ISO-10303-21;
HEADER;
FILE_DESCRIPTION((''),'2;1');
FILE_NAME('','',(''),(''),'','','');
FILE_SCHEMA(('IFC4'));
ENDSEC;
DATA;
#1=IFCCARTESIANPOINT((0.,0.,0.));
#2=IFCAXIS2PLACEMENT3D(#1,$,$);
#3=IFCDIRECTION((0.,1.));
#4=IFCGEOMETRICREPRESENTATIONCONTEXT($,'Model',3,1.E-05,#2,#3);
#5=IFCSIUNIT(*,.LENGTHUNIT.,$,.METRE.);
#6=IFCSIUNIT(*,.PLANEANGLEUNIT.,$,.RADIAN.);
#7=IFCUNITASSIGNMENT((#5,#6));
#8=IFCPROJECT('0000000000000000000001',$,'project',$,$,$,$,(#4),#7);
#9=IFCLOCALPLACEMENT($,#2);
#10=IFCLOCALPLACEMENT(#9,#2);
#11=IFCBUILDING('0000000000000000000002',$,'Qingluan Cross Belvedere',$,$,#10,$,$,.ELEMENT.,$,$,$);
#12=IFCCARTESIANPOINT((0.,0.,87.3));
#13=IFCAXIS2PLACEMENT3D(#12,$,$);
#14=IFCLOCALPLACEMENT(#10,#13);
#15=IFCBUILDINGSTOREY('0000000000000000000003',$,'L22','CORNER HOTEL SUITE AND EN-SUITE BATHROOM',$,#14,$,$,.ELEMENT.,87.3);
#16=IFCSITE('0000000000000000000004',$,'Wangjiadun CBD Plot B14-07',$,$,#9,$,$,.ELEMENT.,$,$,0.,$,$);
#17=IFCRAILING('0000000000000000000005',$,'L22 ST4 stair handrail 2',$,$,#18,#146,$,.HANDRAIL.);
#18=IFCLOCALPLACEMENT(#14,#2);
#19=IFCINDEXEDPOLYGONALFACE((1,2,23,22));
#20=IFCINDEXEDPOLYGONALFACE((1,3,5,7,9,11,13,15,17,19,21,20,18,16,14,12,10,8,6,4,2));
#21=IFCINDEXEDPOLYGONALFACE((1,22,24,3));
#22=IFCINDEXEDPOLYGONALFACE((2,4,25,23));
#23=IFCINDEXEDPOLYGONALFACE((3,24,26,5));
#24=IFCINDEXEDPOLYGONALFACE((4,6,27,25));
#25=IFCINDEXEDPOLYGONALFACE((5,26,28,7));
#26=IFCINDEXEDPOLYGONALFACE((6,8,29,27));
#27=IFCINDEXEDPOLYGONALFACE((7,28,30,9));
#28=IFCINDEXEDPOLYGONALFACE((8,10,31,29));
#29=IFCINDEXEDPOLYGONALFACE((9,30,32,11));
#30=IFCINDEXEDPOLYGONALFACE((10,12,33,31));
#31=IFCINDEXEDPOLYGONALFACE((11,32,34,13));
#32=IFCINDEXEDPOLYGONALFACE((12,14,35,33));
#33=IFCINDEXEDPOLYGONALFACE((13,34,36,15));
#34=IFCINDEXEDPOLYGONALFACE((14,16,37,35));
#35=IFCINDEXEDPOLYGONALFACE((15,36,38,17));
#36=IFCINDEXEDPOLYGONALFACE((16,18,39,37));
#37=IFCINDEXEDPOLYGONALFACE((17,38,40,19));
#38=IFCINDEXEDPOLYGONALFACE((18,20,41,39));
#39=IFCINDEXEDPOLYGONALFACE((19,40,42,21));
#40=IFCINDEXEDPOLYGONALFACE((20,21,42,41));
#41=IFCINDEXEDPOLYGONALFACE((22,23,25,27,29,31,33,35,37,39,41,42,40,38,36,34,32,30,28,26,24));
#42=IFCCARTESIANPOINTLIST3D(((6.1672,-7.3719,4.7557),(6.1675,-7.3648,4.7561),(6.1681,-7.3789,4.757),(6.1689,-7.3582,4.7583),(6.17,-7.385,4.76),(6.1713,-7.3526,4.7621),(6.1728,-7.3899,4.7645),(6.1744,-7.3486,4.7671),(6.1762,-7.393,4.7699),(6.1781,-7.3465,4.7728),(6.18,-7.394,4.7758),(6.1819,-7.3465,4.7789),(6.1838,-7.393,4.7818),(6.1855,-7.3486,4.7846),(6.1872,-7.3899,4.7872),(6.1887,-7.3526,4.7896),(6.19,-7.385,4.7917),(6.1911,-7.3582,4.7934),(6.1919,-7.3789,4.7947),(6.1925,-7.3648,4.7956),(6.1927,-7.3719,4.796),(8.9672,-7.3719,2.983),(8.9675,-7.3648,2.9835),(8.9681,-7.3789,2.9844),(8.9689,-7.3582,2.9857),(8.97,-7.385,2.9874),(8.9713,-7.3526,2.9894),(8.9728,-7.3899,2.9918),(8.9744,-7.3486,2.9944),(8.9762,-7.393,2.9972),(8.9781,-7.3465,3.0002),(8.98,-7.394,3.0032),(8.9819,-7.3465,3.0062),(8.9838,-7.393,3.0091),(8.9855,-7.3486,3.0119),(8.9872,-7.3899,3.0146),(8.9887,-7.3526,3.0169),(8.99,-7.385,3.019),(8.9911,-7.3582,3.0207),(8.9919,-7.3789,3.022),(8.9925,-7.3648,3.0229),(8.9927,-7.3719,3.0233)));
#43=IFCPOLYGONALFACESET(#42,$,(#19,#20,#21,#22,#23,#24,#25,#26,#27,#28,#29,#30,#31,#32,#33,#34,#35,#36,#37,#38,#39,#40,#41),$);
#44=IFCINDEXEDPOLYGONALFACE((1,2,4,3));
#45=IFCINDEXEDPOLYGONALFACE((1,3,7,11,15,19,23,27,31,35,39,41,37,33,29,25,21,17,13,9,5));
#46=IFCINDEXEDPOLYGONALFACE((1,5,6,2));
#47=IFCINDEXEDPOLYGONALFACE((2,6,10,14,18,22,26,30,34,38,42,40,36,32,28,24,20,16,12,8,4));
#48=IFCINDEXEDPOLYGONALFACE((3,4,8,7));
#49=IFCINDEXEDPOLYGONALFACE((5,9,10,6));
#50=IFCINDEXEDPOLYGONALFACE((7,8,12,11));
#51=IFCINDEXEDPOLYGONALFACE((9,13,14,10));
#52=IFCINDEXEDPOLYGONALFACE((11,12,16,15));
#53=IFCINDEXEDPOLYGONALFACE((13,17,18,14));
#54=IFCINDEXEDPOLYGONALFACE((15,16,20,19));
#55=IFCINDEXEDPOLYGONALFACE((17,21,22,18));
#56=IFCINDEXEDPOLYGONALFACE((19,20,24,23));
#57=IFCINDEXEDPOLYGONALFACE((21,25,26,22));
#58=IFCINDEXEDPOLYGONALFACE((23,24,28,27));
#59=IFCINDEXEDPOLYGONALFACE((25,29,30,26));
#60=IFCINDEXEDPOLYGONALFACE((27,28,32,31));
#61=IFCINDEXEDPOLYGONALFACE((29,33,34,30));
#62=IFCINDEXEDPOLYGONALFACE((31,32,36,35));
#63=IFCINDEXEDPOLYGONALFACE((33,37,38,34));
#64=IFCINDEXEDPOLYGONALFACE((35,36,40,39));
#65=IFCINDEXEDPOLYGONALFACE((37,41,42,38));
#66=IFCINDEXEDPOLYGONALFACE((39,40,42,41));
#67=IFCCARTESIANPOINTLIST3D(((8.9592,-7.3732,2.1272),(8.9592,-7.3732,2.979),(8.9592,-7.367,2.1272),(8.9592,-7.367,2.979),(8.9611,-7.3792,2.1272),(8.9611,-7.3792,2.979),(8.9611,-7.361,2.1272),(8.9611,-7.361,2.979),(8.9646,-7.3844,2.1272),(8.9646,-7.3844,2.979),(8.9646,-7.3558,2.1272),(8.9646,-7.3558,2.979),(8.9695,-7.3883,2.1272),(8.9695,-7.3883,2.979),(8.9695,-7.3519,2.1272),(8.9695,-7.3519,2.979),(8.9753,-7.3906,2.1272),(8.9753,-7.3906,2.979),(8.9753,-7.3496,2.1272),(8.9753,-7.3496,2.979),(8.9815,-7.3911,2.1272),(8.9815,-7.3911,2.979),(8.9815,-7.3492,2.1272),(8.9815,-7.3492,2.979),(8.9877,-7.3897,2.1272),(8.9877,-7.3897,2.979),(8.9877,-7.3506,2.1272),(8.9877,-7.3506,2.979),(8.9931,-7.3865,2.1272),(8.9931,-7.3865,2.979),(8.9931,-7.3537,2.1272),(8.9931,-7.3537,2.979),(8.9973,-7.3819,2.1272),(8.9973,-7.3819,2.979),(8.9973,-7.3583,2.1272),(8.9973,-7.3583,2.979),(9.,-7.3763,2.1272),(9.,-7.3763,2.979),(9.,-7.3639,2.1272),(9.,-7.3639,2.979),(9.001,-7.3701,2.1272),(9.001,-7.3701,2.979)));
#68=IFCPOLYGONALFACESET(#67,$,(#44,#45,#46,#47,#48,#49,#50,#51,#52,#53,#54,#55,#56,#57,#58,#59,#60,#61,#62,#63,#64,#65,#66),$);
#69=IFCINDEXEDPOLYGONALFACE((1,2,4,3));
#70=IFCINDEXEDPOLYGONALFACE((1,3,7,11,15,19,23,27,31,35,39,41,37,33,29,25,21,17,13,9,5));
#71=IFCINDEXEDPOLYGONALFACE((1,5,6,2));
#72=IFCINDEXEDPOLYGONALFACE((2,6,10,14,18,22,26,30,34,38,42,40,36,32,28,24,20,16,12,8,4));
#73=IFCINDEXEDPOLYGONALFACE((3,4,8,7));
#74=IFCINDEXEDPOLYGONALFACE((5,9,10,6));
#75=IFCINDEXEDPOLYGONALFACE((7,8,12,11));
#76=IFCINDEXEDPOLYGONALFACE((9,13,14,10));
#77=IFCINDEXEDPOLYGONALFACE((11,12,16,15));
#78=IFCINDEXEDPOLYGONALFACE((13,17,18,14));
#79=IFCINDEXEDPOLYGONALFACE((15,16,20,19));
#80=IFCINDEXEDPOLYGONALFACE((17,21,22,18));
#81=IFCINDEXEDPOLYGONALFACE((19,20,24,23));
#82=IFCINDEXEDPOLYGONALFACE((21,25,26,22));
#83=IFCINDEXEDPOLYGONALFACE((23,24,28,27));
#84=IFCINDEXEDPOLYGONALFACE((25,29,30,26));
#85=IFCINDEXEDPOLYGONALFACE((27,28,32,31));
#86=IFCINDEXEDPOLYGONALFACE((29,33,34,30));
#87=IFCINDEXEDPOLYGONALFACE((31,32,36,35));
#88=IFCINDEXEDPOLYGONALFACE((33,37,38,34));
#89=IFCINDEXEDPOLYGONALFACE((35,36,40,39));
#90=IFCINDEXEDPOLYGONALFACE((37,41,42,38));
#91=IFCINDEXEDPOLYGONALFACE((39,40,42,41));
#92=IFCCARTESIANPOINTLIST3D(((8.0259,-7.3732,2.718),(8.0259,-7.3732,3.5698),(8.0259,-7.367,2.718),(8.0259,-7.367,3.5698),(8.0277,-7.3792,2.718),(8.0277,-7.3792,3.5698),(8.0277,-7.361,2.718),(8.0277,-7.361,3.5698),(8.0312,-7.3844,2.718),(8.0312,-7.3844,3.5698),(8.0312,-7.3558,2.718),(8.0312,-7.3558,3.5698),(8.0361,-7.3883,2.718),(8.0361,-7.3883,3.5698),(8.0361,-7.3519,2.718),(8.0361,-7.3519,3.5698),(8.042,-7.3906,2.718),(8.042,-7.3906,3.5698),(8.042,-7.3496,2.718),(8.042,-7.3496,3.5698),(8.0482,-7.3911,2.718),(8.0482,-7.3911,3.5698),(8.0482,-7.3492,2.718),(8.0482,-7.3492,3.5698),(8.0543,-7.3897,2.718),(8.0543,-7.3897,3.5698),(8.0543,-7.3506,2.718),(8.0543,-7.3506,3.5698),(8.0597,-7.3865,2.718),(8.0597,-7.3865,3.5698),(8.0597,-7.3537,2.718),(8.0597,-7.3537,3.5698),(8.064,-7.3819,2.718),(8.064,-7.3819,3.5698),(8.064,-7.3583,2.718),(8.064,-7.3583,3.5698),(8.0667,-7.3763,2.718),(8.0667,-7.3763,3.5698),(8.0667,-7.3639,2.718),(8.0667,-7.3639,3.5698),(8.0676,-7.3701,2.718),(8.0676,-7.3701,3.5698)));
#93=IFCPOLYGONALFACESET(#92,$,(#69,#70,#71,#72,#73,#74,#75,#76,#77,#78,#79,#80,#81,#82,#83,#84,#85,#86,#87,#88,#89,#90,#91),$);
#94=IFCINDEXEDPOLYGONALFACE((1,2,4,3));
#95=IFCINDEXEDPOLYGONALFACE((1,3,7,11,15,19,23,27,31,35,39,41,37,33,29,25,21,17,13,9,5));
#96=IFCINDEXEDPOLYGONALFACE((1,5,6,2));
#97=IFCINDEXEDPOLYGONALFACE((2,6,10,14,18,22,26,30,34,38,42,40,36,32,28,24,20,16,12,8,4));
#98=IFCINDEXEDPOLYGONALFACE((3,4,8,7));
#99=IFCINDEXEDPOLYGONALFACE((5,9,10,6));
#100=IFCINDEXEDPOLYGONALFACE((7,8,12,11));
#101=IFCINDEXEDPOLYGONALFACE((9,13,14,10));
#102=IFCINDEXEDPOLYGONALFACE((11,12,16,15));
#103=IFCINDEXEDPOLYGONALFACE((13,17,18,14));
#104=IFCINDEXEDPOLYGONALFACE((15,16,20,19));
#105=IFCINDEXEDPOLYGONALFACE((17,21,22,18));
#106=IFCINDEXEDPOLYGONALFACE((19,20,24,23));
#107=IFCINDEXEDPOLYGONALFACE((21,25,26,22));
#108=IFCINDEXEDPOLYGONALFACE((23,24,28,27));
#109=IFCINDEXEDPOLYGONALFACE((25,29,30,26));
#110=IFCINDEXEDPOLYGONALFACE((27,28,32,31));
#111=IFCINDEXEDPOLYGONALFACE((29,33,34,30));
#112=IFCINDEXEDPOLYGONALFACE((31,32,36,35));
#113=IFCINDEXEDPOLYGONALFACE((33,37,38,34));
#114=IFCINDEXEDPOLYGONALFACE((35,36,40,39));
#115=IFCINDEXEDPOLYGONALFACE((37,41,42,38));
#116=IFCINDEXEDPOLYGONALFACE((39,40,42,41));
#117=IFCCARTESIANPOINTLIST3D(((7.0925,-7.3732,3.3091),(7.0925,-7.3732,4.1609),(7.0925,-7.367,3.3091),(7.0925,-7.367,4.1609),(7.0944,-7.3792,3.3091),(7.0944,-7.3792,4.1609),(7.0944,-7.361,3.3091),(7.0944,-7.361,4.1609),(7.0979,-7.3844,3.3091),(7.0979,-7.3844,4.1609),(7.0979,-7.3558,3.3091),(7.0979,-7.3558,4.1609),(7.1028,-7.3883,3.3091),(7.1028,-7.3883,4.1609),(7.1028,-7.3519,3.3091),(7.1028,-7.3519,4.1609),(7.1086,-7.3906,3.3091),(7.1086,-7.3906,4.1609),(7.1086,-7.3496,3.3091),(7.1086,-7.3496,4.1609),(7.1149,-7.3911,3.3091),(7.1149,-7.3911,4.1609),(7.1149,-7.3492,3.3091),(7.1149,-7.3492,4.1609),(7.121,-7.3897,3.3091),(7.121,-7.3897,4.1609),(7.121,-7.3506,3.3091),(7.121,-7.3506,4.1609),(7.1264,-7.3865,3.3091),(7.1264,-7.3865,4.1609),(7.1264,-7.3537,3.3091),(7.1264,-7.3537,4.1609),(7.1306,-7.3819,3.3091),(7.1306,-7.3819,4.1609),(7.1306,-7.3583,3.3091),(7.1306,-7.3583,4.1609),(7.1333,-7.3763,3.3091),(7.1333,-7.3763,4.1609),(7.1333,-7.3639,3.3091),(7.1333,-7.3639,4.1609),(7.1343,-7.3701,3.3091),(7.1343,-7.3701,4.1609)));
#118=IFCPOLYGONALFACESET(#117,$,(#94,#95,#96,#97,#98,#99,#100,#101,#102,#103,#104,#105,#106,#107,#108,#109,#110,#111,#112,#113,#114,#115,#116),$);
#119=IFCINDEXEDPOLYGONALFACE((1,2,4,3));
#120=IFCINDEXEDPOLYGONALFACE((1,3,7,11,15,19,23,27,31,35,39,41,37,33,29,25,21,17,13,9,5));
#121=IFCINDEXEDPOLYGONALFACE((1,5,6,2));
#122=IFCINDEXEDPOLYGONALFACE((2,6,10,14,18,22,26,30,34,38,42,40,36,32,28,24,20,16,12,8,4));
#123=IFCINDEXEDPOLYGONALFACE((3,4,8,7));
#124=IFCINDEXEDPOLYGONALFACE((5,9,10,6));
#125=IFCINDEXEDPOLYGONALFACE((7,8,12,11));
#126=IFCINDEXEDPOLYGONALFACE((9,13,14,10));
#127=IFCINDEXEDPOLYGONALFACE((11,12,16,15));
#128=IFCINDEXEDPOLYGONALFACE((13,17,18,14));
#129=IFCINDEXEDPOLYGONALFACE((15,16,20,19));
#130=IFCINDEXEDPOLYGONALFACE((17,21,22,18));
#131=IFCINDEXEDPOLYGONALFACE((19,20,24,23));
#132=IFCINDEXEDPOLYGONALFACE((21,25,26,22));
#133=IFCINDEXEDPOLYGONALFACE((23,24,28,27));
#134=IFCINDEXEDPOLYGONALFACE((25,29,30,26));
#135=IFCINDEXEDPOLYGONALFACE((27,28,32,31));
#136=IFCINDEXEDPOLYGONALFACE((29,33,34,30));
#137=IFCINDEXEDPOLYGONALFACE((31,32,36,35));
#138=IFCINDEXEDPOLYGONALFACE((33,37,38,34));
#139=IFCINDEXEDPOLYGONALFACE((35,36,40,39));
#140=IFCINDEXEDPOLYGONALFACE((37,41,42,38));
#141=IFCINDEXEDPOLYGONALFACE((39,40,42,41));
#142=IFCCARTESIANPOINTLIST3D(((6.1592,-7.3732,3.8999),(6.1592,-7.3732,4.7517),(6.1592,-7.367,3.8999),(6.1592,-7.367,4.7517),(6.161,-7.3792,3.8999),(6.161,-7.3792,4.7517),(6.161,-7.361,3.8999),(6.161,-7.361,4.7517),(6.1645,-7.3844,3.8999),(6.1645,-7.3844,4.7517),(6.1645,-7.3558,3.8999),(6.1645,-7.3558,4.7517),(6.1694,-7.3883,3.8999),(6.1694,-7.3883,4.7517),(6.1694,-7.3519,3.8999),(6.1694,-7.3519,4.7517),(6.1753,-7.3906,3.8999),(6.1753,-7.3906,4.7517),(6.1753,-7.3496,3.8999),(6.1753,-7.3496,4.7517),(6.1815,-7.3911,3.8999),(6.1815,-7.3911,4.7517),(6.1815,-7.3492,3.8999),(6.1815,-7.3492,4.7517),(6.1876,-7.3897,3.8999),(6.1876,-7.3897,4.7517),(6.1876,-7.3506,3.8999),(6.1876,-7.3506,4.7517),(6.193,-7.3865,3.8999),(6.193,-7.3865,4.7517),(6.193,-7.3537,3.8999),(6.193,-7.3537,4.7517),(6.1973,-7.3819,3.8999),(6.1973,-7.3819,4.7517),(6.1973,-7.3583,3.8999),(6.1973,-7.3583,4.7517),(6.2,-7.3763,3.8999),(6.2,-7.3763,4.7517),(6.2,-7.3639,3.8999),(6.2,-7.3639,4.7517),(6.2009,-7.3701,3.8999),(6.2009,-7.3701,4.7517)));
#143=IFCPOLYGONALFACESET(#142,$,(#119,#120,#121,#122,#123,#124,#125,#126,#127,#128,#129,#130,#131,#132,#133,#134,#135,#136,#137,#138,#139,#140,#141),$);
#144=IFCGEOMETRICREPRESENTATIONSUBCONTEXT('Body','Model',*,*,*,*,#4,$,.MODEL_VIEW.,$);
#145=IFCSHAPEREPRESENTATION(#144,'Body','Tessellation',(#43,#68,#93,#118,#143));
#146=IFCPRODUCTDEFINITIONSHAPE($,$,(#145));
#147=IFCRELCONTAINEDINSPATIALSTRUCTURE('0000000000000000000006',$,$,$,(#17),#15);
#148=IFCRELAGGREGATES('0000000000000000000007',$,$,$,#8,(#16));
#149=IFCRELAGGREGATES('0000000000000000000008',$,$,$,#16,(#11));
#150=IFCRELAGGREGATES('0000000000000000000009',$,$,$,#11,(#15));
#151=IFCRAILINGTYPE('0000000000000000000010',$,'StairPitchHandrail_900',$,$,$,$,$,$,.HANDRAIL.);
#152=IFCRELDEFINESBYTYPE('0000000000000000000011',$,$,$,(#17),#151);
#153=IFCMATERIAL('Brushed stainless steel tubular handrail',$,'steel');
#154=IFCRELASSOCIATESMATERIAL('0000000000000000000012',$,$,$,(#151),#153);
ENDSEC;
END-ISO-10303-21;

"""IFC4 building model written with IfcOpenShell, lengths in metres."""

from ifc_helpers import new_model, si_unit, direction, frame, origin, origin_2d, place, context, subcontext, project, spatial, circle, extrude, material, type_object, element, save


model = new_model("IFC4")

# Units and contexts
model_context = context("Model", 3, precision=1e-05, world=origin(), true_north=direction((0.0, 1.0)))
body_context = subcontext(model_context, "Body", "Model", "MODEL_VIEW")
ifc_project = project(units=[si_unit("LENGTHUNIT", "METRE"), si_unit("PLANEANGLEUNIT", "RADIAN")], contexts=[model_context])

# Site, building, storey
site_placement = place(None, origin())
site = spatial("IfcSite", under=ifc_project, at=site_placement, Name="Wangjiadun CBD Plot B14-07", CompositionType="ELEMENT", RefElevation=0.0)
building_placement = place(site_placement, origin())
building = spatial("IfcBuilding", under=site, at=building_placement, Name="Qingluan Cross Belvedere", CompositionType="ELEMENT")
storey_placement = place(building_placement, frame((0.0, 0.0, 87.3)))
storey = spatial("IfcBuildingStorey", under=building, at=storey_placement, Name="L22", Description="CORNER HOTEL SUITE AND EN-SUITE BATHROOM", CompositionType="ELEMENT", Elevation=87.3)

# Railing
ifc_material_1 = material(Name="Brushed stainless steel tubular handrail", Category="steel")
railing_type_1 = type_object("IfcRailingType", Name="StairPitchHandrail_900", PredefinedType="HANDRAIL", material=ifc_material_1)
railing_1_placement = place(storey_placement, frame((8.98, -7.3701, 2.1272)))
element("IfcRailing", 1, at=railing_1_placement, inside=storey, type_object=railing_type_1, Name="L22 ST4 stair handrail 2", PredefinedType="HANDRAIL", context=body_context, shape_type="SweptSolid", body=[
    extrude(circle(Radius=0.0239, at=origin_2d()), frame((0.0, 0.0, 0.876), z_axis=(-0.844909, 0.0, 0.53491), x_axis=(0.0, -1.0, 0.0)), (0.0, 0.0, 1.0), 3.314),
    extrude(circle(Radius=0.021, at=origin_2d()), origin(), (0.0, 0.0, 1.0), 0.8518),
    extrude(circle(Radius=0.021, at=origin_2d()), frame((-0.9333, 0.0, 0.5908)), (0.0, 0.0, 1.0), 0.8518),
    extrude(circle(Radius=0.021, at=origin_2d()), frame((-1.8667, 0.0, 1.1819)), (0.0, 0.0, 1.0), 0.8518),
    extrude(circle(Radius=0.021, at=origin_2d()), frame((-2.8, 0.0, 1.7727)), (0.0, 0.0, 1.0), 0.8518),
])

save(model, "model.ifc")
